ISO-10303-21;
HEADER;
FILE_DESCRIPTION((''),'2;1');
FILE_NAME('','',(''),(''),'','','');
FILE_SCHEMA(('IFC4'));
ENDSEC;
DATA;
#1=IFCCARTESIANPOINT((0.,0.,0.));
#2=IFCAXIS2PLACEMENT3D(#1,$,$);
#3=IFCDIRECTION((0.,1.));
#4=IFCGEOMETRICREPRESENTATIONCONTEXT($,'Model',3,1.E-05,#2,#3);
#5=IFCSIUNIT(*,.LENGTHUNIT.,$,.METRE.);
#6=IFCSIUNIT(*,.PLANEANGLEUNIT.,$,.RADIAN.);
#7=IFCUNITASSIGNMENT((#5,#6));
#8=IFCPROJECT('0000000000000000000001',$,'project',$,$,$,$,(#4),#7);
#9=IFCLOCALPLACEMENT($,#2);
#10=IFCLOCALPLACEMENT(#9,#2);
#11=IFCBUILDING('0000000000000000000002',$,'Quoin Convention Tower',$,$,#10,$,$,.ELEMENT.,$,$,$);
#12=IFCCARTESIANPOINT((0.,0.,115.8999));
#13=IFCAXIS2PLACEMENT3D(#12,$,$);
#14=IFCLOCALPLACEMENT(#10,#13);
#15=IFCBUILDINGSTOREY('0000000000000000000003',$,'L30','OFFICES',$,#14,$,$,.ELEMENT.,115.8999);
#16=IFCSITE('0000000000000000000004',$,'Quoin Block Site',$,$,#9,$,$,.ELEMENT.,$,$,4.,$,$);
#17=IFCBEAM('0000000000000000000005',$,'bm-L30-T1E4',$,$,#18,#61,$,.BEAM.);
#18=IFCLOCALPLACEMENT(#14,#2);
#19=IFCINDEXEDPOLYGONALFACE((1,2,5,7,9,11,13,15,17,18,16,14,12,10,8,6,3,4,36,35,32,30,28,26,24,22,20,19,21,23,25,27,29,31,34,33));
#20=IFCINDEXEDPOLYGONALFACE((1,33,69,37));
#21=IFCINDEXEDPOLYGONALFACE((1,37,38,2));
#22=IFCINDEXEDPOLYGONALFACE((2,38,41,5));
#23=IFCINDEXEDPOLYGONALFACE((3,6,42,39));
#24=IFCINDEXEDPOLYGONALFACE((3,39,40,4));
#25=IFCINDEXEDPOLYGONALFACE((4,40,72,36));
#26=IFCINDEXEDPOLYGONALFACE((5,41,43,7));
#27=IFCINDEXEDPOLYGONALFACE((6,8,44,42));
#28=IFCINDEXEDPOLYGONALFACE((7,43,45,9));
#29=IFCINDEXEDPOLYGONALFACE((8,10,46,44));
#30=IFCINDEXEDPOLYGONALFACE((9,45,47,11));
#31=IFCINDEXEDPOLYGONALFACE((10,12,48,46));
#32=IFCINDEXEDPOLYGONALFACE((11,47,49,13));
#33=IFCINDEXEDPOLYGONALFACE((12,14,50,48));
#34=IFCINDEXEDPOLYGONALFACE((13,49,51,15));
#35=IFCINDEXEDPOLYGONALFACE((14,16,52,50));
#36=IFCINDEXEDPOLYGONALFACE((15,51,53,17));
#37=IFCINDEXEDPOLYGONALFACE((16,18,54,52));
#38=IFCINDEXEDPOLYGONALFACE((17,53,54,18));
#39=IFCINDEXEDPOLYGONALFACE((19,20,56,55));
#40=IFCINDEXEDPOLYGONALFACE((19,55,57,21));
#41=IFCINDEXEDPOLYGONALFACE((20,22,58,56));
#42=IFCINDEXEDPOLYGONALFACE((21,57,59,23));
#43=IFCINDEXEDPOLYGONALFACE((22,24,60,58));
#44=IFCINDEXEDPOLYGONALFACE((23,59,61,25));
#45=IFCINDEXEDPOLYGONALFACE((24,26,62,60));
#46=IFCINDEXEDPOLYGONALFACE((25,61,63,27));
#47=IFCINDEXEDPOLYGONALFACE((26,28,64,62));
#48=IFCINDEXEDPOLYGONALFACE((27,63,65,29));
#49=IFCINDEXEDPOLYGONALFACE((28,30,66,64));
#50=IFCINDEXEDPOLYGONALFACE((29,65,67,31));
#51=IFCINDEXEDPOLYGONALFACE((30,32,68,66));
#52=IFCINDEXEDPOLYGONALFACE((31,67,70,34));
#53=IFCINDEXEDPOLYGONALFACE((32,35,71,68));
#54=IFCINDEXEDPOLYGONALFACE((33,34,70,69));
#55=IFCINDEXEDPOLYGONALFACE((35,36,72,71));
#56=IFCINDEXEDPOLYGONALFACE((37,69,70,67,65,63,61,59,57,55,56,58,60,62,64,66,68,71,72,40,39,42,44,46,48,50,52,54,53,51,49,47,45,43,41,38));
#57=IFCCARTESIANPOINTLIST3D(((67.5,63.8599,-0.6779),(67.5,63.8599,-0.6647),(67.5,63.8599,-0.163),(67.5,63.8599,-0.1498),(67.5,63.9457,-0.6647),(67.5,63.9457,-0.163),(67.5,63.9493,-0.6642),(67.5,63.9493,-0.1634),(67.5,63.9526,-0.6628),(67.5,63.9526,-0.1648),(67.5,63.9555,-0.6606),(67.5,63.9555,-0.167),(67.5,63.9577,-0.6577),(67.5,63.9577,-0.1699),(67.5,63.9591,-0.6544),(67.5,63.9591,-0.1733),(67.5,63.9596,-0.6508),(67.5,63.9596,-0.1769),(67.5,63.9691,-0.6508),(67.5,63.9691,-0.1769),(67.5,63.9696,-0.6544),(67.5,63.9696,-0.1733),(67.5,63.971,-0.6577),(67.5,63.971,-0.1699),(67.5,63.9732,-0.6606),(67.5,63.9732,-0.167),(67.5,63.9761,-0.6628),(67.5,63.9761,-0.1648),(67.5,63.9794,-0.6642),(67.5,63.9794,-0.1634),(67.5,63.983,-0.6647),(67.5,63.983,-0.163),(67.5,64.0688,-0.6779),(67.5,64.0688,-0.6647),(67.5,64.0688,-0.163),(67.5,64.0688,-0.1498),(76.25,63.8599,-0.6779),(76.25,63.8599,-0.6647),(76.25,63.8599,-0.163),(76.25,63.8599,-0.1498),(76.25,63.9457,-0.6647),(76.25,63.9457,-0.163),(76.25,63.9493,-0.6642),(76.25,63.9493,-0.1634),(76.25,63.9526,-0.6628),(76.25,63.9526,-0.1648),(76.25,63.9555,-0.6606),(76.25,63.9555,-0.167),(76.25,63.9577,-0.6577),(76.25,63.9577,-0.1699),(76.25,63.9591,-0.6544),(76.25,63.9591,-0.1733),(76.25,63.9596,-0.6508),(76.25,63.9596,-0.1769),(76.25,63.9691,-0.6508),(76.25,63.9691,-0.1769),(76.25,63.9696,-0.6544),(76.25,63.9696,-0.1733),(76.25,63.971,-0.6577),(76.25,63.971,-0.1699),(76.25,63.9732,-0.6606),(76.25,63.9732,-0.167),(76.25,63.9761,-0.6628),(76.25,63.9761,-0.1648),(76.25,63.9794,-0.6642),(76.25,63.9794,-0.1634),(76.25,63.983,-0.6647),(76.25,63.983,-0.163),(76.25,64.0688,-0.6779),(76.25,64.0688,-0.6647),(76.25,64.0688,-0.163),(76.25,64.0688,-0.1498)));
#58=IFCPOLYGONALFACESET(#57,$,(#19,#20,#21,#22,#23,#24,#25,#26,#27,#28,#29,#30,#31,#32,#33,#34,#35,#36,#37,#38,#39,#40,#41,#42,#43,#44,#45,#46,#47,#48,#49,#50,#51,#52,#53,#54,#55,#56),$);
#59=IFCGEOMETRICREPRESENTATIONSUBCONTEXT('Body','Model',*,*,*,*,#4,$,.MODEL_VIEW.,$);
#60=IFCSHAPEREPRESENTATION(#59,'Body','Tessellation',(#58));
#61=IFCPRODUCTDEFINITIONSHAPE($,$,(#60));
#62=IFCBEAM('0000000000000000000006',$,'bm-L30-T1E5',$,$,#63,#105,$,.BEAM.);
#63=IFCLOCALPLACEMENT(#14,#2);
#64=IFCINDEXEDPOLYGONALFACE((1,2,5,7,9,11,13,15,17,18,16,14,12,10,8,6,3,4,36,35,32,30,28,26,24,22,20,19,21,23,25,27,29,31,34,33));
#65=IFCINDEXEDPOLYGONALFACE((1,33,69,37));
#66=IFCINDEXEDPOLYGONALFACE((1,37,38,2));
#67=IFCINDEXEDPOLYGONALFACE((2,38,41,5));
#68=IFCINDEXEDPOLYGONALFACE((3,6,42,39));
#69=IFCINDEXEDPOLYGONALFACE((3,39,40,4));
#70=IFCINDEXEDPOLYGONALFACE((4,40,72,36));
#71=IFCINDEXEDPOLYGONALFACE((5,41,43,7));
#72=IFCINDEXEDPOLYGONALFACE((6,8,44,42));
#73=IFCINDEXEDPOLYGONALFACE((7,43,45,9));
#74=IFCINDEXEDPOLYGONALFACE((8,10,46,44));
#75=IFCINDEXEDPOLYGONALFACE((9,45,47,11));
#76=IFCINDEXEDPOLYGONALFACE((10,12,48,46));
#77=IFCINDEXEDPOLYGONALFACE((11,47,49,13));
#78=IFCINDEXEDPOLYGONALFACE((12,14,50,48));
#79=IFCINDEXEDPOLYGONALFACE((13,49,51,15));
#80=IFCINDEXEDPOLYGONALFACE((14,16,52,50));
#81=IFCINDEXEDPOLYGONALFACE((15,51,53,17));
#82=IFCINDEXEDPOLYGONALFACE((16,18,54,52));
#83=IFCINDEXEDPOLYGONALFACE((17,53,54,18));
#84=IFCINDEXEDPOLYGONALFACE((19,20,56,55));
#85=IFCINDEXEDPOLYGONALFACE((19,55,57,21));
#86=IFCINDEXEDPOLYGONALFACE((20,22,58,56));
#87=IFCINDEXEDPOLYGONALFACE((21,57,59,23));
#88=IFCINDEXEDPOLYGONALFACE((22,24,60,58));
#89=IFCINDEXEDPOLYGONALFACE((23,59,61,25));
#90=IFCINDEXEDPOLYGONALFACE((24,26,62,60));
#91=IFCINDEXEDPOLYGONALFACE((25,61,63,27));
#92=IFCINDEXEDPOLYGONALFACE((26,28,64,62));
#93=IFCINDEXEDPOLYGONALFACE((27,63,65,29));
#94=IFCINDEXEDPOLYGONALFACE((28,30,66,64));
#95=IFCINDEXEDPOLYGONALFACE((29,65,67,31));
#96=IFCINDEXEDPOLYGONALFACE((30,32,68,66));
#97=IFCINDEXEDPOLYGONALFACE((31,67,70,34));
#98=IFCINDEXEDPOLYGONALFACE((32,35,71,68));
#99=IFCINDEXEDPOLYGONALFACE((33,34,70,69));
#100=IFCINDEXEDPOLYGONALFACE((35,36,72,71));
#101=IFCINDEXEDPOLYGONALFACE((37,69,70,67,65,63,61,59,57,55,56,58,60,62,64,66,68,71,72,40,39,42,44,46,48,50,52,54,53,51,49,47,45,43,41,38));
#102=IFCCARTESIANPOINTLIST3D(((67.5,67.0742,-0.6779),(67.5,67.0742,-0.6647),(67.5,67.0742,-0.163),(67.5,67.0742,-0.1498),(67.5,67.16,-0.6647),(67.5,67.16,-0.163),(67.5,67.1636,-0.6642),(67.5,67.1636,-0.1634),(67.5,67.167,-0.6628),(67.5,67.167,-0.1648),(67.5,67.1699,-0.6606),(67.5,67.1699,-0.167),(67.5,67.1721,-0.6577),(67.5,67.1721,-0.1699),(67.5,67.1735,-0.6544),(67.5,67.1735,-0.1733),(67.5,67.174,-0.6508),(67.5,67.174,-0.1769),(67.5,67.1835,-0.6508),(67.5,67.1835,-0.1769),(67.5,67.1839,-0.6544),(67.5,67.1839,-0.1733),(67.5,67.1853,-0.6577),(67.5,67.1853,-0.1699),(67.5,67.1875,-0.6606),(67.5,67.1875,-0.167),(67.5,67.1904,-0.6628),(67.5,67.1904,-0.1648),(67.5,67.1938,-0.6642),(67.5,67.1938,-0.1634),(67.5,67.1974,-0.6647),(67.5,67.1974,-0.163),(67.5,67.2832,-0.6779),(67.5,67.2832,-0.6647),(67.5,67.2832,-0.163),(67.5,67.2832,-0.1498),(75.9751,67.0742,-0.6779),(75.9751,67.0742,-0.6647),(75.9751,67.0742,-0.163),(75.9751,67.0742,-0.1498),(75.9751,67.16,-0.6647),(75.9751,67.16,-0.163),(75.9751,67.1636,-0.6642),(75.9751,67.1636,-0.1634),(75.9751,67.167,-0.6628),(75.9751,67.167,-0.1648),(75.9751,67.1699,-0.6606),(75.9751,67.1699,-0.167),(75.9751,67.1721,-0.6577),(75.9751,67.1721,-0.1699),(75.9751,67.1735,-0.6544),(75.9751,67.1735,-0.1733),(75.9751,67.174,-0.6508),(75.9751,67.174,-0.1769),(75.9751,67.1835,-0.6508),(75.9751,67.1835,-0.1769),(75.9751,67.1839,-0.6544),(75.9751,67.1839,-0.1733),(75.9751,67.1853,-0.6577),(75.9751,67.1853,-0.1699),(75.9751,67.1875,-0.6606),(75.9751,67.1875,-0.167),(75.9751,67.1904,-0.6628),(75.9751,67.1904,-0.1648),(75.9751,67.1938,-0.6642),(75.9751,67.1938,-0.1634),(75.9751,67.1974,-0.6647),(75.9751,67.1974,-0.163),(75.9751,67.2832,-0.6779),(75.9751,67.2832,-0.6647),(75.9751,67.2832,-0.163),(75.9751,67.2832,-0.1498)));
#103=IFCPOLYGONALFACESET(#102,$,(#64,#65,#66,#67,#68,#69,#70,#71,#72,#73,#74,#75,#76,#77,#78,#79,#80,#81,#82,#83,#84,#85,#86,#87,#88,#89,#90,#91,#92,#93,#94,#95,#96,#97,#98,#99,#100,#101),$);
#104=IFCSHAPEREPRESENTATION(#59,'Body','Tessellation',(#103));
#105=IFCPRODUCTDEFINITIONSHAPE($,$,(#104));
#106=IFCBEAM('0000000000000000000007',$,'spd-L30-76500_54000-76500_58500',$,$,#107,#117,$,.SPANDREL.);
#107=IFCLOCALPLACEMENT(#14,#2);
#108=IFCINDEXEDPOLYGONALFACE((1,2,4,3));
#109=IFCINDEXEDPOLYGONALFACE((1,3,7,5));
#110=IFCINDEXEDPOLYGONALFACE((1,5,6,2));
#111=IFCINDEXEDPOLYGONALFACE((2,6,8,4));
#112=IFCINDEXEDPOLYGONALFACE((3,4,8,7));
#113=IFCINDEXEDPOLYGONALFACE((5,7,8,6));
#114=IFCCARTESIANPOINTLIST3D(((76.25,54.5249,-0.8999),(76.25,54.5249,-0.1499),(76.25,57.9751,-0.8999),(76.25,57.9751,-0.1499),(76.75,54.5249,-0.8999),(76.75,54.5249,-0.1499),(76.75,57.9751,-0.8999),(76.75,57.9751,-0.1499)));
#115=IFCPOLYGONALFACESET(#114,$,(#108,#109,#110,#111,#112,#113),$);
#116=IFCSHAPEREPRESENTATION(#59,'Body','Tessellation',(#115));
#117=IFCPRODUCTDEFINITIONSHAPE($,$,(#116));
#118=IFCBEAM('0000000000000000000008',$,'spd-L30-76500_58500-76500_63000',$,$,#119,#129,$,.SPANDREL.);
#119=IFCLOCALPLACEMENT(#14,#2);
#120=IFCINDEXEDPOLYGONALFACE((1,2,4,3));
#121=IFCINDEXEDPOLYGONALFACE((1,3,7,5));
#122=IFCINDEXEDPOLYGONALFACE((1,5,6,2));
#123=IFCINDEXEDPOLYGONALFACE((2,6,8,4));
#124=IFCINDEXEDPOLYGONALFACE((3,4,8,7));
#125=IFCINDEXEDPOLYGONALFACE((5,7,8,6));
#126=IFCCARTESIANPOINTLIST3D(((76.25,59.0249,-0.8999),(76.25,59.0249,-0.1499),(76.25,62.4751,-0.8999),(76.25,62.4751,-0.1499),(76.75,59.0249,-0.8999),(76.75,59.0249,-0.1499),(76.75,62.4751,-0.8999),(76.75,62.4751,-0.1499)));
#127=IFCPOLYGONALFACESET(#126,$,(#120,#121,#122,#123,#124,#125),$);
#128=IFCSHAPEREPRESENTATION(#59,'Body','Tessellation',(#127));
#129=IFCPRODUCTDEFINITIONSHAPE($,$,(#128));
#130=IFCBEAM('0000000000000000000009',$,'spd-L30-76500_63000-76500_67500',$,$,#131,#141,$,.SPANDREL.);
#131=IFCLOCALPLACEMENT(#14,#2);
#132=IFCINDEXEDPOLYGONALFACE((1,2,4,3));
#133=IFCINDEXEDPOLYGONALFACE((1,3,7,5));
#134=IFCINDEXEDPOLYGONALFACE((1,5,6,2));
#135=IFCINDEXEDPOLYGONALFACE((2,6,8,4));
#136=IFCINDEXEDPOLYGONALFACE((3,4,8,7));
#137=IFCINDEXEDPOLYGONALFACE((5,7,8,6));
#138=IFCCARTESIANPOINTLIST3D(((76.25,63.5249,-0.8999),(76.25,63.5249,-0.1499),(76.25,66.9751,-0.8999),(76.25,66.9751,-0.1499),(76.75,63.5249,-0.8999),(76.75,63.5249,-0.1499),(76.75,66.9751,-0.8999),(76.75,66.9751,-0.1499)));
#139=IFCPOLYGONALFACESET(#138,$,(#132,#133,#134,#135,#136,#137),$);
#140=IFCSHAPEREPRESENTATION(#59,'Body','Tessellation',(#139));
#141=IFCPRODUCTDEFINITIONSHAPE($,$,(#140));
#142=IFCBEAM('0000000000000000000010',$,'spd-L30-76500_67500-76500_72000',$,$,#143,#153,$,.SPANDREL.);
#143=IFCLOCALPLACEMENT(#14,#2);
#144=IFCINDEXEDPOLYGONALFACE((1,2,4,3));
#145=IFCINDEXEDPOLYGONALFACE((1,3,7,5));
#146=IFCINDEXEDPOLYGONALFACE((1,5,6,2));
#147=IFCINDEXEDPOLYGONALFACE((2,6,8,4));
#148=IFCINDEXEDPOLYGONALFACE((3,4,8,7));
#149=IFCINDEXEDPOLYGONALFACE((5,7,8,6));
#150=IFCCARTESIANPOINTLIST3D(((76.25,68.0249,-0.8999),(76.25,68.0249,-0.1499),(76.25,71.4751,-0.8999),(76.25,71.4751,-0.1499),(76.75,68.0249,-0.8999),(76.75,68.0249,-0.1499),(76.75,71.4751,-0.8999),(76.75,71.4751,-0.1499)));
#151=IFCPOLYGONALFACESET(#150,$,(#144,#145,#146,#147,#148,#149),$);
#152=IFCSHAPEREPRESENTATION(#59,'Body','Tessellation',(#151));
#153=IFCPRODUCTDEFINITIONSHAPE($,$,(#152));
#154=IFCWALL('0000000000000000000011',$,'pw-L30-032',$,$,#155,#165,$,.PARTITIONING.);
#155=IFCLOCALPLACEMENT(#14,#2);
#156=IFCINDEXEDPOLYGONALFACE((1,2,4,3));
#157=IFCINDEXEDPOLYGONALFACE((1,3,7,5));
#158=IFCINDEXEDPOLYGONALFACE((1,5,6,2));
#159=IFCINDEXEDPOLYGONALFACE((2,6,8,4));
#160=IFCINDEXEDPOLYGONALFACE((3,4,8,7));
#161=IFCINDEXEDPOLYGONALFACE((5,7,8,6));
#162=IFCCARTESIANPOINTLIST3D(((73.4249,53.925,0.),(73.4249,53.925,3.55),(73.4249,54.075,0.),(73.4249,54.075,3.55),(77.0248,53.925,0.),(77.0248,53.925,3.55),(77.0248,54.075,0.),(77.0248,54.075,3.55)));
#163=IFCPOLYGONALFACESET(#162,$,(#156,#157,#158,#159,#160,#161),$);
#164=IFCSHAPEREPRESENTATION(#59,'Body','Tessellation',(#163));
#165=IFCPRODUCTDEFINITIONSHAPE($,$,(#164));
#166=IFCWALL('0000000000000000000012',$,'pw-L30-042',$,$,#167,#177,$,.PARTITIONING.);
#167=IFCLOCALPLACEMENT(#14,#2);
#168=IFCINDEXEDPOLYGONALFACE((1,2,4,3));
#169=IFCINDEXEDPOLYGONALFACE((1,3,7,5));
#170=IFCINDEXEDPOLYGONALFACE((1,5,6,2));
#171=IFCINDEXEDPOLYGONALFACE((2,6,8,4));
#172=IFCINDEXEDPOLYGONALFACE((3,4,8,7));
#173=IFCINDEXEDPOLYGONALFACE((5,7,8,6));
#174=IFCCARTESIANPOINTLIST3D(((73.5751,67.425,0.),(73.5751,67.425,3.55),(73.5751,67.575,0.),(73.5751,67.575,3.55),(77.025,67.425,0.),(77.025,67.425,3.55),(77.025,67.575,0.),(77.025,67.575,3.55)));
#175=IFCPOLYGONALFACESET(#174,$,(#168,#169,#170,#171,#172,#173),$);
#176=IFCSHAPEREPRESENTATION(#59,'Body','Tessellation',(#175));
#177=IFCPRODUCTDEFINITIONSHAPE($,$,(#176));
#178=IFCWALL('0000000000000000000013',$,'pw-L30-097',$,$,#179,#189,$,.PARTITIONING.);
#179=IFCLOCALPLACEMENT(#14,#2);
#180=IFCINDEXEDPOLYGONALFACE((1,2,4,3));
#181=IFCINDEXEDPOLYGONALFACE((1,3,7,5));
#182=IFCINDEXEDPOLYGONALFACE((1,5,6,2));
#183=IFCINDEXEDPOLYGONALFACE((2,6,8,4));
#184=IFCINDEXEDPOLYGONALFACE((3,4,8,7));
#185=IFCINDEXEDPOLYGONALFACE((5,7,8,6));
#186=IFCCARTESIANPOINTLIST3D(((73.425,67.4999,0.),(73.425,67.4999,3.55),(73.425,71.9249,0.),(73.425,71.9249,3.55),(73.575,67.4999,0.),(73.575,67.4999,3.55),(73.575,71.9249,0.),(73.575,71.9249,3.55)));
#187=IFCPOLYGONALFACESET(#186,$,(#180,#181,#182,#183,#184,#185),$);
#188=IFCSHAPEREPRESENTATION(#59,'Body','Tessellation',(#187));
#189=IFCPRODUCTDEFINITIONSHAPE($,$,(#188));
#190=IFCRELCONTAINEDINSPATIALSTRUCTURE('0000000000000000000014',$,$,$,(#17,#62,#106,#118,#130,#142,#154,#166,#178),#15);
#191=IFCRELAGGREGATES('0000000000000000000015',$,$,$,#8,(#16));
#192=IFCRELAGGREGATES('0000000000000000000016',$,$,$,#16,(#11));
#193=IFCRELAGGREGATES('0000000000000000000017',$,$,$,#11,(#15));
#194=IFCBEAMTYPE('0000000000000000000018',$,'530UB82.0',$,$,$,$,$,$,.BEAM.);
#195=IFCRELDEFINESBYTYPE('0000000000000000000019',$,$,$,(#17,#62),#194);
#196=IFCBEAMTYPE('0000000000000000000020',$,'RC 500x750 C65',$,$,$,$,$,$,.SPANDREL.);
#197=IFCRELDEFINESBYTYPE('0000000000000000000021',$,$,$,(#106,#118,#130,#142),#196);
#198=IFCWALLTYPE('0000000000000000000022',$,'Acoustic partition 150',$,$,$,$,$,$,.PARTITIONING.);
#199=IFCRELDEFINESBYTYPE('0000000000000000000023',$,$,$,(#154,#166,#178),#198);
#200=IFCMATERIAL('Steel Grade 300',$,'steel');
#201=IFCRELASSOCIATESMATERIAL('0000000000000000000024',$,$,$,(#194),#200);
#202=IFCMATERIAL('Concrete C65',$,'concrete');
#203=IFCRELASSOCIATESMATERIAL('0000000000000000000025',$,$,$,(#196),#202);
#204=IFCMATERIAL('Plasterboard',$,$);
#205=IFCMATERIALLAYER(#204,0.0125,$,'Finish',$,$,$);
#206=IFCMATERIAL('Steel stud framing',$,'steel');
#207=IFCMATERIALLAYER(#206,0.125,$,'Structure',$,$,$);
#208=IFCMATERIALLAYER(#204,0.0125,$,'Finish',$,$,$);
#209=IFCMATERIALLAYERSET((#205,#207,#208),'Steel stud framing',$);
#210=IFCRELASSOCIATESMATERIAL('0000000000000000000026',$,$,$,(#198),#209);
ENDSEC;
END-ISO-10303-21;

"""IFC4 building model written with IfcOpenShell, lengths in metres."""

from ifc_helpers import new_model, si_unit, direction, frame, frame_2d, origin, origin_2d, place, context, subcontext, project, spatial, rectangle, i_section, extrude, material, layer, layer_set, material_profile, profile_set, type_object, element, save


model = new_model("IFC4")

# Units and contexts
model_context = context("Model", 3, precision=1e-05, world=origin(), true_north=direction((0.0, 1.0)))
body_context = subcontext(model_context, "Body", "Model", "MODEL_VIEW")
ifc_project = project(units=[si_unit("LENGTHUNIT", "METRE"), si_unit("PLANEANGLEUNIT", "RADIAN")], contexts=[model_context])

# Site, building, storey
site_placement = place(None, origin())
site = spatial("IfcSite", under=ifc_project, at=site_placement, Name="Quoin Block Site", CompositionType="ELEMENT", RefElevation=4.0)
building_placement = place(site_placement, origin())
building = spatial("IfcBuilding", under=site, at=building_placement, Name="Quoin Convention Tower", CompositionType="ELEMENT")
storey_placement = place(building_placement, frame((0.0, 0.0, 115.8999)))
storey = spatial("IfcBuildingStorey", under=building, at=storey_placement, Name="L30", Description="OFFICES", CompositionType="ELEMENT", Elevation=115.8999)

# Shared definitions
ifc_material_1 = material(Name="Concrete C65", Category="concrete")

# Beams
ifc_material_2 = material(Name="Steel Grade 300", Category="steel")
ifc_material_profile_1 = material_profile(ifc_material_2, i_section(OverallWidth=0.209, OverallDepth=0.5281, WebThickness=0.0095, FlangeThickness=0.0132, FilletRadius=0.0139, at=origin_2d()), Name="530UB82.0")
ifc_profile_set_1 = profile_set([ifc_material_profile_1], Name="Steel Grade 300")
beam_type_1 = type_object("IfcBeamType", Name="530UB82.0", PredefinedType="BEAM", material=ifc_profile_set_1)
for number, where, z_axis, x_axis, name in (
    (1, (67.5, 63.9644, -0.4138), (1.0, 0.0, 0.0), (0.0, 1.0, 0.0), "bm-L30-T1E4"),
):
    element("IfcBeam", number, at=place(storey_placement, frame(where, z_axis=z_axis, x_axis=x_axis)), inside=storey, type_object=beam_type_1, Name=name, PredefinedType="BEAM", context=body_context, shape_type="SweptSolid", body=[
        extrude(i_section(OverallWidth=0.209, OverallDepth=0.5281, WebThickness=0.0095, FlangeThickness=0.0132, FilletRadius=0.0139, at=origin_2d()), origin(), (0.0, 0.0, 1.0), 8.75),
    ])
beam_1_placement = place(storey_placement, frame((67.5, 67.1787, -0.4138), z_axis=(1.0, 0.0, 0.0), x_axis=(0.0, 1.0, 0.0)))
element("IfcBeam", 2, at=beam_1_placement, inside=storey, type_object=beam_type_1, Name="bm-L30-T1E5", PredefinedType="BEAM", context=body_context, shape_type="SweptSolid", body=[
    extrude(i_section(OverallWidth=0.209, OverallDepth=0.5281, WebThickness=0.0095, FlangeThickness=0.0132, FilletRadius=0.0139, at=origin_2d()), origin(), (0.0, 0.0, 1.0), 8.4751),
])
ifc_material_profile_2 = material_profile(ifc_material_1, rectangle(XDim=0.5, YDim=0.75, at=origin_2d()), Name="RC 500x750")
ifc_profile_set_2 = profile_set([ifc_material_profile_2], Name="Concrete C65")
beam_type_2 = type_object("IfcBeamType", Name="RC 500x750 C65", PredefinedType="SPANDREL", material=ifc_profile_set_2)
for number, where, z_axis, x_axis, name in (
    (3, (76.5, 54.5249, -0.5249), (0.0, 1.0, 0.0), (-1.0, 0.0, 0.0), "spd-L30-76500_54000-76500_58500"),
    (4, (76.5, 59.0249, -0.5249), (0.0, 1.0, 0.0), (-1.0, 0.0, 0.0), "spd-L30-76500_58500-76500_63000"),
    (5, (76.5, 63.5249, -0.5249), (0.0, 1.0, 0.0), (-1.0, 0.0, 0.0), "spd-L30-76500_63000-76500_67500"),
    (6, (76.5, 68.0249, -0.5249), (0.0, 1.0, 0.0), (-1.0, 0.0, 0.0), "spd-L30-76500_67500-76500_72000"),
):
    element("IfcBeam", number, at=place(storey_placement, frame(where, z_axis=z_axis, x_axis=x_axis)), inside=storey, type_object=beam_type_2, Name=name, PredefinedType="SPANDREL", context=body_context, shape_type="SweptSolid", body=[
        extrude(rectangle(XDim=0.5, YDim=0.75, at=origin_2d()), origin(), (0.0, 0.0, 1.0), 3.4502),
    ])

# Walls
ifc_material_3 = material(Name="Plasterboard")
ifc_layer_1 = layer(ifc_material_3, 0.0125, Name="Finish")
ifc_material_4 = material(Name="Steel stud framing", Category="steel")
ifc_layer_2 = layer(ifc_material_4, 0.125, Name="Structure")
ifc_layer_3 = layer(ifc_material_3, 0.0125, Name="Finish")
ifc_layer_set_1 = layer_set([ifc_layer_1, ifc_layer_2, ifc_layer_3], Name="Steel stud framing")
wall_type_1 = type_object("IfcWallType", Name="Acoustic partition 150", PredefinedType="PARTITIONING", material=ifc_layer_set_1)
wall_1_placement = place(storey_placement, frame((73.425, 54.0, 0.0), z_axis=(0.0, 0.0, 1.0), x_axis=(1.0, 0.0, 0.0)))
element("IfcWall", 7, at=wall_1_placement, inside=storey, type_object=wall_type_1, Name="pw-L30-032", PredefinedType="PARTITIONING", context=body_context, shape_type="SweptSolid", body=[
    extrude(rectangle(XDim=3.5999, YDim=0.1499, at=frame_2d((1.7998, 0.0))), origin(), (0.0, 0.0, 1.0), 3.55),
])
wall_2_placement = place(storey_placement, frame((73.575, 67.5, 0.0), z_axis=(0.0, 0.0, 1.0), x_axis=(1.0, 0.0, 0.0)))
element("IfcWall", 8, at=wall_2_placement, inside=storey, type_object=wall_type_1, Name="pw-L30-042", PredefinedType="PARTITIONING", context=body_context, shape_type="SweptSolid", body=[
    extrude(rectangle(XDim=3.45, YDim=0.1499, at=frame_2d((1.7251, 0.0))), origin(), (0.0, 0.0, 1.0), 3.55),
])
wall_3_placement = place(storey_placement, frame((73.5, 67.5, 0.0), z_axis=(0.0, 0.0, 1.0), x_axis=(0.0, 1.0, 0.0)))
element("IfcWall", 9, at=wall_3_placement, inside=storey, type_object=wall_type_1, Name="pw-L30-097", PredefinedType="PARTITIONING", context=body_context, shape_type="SweptSolid", body=[
    extrude(rectangle(XDim=4.425, YDim=0.1499, at=frame_2d((2.2124, 0.0))), origin(), (0.0, 0.0, 1.0), 3.55),
])

save(model, "model.ifc")
